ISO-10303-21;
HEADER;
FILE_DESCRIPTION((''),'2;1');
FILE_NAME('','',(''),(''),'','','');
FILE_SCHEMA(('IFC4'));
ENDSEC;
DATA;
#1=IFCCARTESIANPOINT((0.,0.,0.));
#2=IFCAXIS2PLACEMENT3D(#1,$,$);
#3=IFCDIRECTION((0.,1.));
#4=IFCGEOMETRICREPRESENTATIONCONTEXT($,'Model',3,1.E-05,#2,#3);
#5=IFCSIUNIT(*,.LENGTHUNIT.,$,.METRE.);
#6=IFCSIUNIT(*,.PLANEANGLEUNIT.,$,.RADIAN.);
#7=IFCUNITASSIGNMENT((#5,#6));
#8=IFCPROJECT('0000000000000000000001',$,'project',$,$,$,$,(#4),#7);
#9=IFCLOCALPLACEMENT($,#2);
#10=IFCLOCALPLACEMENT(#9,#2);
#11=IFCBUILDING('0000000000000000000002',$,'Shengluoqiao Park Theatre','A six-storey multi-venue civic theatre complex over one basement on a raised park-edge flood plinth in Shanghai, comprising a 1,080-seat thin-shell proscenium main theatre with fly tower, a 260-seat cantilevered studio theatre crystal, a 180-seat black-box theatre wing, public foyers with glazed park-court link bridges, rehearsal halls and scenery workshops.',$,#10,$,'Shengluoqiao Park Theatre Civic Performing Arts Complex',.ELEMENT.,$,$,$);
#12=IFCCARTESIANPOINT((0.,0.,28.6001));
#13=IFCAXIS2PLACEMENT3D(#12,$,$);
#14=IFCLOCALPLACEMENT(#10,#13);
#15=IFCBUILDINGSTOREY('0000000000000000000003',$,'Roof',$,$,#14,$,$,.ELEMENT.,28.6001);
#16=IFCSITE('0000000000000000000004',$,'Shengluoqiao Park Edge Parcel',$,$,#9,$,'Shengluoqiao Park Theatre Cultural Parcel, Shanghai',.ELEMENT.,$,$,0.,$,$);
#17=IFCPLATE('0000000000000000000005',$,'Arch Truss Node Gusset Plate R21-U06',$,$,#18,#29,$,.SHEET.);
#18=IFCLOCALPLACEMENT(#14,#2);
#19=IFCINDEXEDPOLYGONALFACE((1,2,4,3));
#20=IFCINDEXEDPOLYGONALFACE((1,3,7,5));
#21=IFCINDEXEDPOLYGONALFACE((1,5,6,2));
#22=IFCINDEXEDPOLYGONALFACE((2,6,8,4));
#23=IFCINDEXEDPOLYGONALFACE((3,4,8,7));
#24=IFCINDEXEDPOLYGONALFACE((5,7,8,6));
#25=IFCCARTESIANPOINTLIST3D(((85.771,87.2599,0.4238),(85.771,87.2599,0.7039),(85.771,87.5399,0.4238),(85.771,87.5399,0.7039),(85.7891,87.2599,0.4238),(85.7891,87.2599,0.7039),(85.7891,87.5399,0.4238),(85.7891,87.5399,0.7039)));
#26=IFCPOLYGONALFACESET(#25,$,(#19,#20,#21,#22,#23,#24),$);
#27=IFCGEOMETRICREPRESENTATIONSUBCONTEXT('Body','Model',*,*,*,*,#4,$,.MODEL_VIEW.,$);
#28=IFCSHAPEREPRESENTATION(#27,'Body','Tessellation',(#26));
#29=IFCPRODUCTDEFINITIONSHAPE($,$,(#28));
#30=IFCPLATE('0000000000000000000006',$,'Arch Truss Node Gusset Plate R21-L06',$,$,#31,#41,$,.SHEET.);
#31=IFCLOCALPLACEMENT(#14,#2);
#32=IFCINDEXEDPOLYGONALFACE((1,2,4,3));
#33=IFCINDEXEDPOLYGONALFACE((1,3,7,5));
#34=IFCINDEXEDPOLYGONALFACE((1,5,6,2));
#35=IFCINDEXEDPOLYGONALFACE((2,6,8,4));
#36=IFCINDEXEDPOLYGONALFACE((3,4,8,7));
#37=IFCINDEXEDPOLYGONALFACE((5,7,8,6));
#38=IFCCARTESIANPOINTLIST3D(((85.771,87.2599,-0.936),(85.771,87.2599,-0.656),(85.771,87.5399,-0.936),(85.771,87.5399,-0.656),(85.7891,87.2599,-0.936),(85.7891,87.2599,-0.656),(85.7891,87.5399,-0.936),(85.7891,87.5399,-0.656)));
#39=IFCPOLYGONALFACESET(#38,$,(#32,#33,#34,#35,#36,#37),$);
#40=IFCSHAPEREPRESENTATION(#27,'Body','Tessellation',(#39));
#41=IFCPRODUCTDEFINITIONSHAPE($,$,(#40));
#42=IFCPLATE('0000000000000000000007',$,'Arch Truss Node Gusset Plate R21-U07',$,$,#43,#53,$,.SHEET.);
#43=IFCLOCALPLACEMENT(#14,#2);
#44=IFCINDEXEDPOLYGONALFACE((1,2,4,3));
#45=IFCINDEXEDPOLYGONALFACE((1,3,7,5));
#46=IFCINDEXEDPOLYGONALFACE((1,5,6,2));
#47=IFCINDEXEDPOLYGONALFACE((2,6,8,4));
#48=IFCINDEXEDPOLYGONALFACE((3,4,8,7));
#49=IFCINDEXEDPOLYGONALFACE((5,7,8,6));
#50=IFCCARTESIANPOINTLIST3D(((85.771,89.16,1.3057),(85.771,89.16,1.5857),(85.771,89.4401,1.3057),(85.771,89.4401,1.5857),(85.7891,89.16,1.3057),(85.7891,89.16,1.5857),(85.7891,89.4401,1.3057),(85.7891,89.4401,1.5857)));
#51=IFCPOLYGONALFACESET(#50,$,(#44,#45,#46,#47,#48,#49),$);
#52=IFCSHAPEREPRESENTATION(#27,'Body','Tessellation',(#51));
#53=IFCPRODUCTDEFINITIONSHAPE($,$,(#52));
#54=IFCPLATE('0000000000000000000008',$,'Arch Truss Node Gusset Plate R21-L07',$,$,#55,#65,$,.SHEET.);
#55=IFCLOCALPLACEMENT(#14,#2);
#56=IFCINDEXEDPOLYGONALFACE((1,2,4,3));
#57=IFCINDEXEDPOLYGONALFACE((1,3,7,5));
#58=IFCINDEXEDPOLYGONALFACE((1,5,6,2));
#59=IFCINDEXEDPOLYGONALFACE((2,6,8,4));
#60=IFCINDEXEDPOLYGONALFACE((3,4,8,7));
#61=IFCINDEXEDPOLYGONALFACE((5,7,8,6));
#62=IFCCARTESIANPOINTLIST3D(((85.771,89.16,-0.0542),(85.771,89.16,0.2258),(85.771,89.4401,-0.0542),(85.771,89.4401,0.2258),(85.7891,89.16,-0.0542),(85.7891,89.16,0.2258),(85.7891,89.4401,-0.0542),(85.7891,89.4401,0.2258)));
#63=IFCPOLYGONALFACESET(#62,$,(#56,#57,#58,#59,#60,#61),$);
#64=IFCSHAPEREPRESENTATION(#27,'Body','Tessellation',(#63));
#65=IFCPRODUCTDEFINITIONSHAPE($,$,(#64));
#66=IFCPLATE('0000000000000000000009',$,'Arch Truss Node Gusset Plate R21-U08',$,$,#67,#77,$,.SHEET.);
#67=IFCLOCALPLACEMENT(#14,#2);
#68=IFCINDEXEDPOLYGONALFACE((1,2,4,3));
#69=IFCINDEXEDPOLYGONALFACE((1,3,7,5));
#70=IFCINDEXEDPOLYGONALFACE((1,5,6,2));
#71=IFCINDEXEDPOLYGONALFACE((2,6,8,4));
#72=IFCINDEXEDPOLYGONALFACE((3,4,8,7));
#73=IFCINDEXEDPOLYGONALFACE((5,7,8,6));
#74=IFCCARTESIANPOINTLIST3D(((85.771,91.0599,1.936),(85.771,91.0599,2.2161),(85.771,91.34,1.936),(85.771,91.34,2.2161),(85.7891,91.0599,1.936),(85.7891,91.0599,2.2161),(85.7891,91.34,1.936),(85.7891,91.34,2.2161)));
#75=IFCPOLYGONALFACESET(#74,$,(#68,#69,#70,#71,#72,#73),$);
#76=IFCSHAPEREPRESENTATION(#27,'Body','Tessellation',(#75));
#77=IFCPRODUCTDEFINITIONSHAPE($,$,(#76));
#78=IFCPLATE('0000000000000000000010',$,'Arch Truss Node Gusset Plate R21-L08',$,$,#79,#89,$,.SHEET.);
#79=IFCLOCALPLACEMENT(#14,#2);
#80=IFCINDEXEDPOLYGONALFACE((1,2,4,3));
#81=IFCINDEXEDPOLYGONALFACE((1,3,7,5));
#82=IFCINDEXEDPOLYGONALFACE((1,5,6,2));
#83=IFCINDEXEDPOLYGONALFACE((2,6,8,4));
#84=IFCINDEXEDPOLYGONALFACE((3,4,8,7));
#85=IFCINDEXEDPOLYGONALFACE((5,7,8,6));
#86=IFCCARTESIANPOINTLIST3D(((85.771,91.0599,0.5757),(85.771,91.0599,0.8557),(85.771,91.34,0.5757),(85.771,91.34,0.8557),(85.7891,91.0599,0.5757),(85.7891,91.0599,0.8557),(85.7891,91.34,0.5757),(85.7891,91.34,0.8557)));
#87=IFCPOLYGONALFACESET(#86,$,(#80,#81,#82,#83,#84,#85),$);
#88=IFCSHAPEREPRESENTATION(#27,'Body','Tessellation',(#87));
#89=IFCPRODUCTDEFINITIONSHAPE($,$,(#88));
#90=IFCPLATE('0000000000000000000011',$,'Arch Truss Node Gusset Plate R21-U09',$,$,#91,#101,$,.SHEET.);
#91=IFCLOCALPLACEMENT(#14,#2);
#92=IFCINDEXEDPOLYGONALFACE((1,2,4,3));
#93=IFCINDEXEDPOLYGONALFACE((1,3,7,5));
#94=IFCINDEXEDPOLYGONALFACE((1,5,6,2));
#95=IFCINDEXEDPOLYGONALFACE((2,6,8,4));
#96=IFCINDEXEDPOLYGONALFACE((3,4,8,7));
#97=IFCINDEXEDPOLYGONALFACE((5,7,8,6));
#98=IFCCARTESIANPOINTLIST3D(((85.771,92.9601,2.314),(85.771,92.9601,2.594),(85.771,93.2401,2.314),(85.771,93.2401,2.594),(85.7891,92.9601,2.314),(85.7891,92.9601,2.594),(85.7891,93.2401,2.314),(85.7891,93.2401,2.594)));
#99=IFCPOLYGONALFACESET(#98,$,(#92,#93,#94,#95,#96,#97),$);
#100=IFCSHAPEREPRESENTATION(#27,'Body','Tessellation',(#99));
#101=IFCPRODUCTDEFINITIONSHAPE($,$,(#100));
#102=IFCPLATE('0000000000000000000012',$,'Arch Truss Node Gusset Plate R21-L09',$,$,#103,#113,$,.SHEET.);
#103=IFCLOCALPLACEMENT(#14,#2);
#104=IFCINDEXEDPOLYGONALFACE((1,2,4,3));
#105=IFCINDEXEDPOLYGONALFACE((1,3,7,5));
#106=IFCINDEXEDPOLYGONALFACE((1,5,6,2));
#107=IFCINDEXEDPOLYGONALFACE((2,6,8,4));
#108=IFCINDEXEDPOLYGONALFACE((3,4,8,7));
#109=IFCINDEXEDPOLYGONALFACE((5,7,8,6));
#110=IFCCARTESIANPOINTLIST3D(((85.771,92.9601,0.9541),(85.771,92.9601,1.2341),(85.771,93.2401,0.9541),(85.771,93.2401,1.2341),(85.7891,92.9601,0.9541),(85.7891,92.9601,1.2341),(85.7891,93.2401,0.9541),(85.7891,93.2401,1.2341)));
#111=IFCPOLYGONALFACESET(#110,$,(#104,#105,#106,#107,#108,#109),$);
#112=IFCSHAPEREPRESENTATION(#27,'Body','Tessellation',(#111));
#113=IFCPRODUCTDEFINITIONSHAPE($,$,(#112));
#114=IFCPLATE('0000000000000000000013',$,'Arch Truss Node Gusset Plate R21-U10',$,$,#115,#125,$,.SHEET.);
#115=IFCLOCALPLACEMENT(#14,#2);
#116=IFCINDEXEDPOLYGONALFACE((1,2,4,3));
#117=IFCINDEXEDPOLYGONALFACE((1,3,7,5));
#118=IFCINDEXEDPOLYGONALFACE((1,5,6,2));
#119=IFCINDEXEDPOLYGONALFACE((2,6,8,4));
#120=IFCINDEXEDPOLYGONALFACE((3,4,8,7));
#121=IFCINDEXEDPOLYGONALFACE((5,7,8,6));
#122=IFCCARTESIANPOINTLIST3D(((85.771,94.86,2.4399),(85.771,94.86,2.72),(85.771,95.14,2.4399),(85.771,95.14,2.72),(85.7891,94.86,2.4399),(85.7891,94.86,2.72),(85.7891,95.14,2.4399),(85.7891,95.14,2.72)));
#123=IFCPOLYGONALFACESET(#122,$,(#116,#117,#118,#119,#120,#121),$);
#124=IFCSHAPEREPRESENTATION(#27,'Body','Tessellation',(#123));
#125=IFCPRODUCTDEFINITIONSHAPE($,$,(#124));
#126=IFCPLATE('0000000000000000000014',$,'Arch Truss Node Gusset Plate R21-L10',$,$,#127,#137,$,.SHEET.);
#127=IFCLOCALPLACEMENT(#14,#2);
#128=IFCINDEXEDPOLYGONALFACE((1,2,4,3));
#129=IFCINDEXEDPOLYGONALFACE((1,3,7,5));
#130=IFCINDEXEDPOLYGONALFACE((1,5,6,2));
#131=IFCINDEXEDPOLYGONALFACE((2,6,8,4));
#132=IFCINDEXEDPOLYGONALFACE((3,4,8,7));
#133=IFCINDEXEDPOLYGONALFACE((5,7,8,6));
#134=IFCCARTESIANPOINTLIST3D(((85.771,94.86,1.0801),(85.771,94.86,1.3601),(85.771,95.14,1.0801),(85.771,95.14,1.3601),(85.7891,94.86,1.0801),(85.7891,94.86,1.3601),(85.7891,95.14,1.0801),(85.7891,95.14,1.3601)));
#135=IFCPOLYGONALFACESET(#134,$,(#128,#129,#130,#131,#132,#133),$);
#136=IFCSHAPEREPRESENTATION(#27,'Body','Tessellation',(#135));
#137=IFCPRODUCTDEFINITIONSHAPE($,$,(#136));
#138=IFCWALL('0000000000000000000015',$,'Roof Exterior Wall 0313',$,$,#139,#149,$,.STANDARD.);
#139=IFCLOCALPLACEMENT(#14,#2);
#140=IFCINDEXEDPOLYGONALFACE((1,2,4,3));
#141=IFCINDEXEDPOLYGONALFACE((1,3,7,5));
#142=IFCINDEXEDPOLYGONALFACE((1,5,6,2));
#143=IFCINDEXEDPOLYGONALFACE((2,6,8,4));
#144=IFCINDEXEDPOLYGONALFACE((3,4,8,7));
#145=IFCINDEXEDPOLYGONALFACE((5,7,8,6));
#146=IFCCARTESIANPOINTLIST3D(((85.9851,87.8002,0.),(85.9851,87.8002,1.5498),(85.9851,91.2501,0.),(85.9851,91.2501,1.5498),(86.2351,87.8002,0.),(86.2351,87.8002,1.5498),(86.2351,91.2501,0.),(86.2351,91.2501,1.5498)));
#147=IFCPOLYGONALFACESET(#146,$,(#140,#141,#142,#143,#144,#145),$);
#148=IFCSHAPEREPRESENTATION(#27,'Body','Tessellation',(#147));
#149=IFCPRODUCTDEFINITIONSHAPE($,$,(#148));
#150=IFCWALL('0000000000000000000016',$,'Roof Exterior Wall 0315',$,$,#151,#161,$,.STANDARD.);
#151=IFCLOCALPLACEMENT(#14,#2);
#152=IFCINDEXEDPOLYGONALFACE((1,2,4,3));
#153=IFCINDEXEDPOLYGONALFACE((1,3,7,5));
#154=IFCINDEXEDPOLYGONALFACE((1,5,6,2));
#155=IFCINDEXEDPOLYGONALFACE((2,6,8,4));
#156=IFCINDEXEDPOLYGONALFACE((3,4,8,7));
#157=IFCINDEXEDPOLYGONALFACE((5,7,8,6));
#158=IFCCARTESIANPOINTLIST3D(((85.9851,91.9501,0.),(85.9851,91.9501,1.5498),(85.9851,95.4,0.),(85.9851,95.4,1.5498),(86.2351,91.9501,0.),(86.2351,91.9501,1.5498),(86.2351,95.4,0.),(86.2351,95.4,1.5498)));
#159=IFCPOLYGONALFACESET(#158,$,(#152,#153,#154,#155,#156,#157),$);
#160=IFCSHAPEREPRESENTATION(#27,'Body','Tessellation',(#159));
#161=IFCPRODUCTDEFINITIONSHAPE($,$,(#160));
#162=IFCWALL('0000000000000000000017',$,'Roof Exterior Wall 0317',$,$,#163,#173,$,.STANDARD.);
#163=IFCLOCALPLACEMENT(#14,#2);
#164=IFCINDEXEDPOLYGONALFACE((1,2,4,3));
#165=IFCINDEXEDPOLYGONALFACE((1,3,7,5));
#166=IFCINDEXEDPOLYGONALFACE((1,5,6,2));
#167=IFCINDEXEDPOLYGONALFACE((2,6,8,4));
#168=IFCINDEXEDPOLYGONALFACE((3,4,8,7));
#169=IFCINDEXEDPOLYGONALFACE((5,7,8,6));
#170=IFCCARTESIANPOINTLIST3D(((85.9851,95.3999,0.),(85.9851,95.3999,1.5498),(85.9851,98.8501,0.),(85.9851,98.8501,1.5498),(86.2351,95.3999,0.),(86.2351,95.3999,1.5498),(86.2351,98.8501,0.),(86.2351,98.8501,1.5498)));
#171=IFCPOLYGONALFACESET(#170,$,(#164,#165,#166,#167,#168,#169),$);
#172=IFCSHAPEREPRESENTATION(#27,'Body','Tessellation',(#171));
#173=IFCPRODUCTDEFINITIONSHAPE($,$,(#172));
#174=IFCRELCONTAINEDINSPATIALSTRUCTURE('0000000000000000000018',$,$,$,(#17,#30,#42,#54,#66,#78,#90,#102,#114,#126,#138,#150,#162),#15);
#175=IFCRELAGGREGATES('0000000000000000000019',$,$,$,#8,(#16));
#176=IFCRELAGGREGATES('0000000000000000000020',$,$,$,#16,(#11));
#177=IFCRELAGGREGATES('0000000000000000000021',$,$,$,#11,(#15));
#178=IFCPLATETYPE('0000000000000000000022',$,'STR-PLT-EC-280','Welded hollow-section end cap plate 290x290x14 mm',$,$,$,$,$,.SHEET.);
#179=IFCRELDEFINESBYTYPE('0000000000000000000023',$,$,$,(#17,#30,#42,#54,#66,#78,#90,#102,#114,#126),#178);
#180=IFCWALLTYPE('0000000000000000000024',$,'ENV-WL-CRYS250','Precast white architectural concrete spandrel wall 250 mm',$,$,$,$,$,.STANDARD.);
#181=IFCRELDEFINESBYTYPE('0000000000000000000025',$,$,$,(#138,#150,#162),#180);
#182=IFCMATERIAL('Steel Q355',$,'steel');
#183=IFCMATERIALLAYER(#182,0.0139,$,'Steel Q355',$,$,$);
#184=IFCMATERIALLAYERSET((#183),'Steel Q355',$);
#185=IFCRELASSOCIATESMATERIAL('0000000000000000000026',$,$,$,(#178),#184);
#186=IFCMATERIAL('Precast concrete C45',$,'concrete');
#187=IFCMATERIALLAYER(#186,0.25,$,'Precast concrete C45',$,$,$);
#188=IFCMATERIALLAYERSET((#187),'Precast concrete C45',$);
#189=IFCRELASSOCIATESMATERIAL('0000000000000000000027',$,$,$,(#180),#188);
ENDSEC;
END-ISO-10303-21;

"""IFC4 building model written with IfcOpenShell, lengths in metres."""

from ifc_helpers import new_model, si_unit, direction, frame, frame_2d, origin, origin_2d, place, context, subcontext, project, spatial, rectangle, extrude, material, layer, layer_set, type_object, element, save


model = new_model("IFC4")

# Units and contexts
model_context = context("Model", 3, precision=1e-05, world=origin(), true_north=direction((0.0, 1.0)))
body_context = subcontext(model_context, "Body", "Model", "MODEL_VIEW")
ifc_project = project(units=[si_unit("LENGTHUNIT", "METRE"), si_unit("PLANEANGLEUNIT", "RADIAN")], contexts=[model_context])

# Site, building, storey
site_placement = place(None, origin())
site = spatial("IfcSite", under=ifc_project, at=site_placement, Name="Shengluoqiao Park Edge Parcel", LongName="Shengluoqiao Park Theatre Cultural Parcel, Shanghai", CompositionType="ELEMENT", RefElevation=0.0)
building_placement = place(site_placement, origin())
building = spatial("IfcBuilding", under=site, at=building_placement, Name="Shengluoqiao Park Theatre", Description="A six-storey multi-venue civic theatre complex over one basement on a raised park-edge flood plinth in Shanghai, comprising a 1,080-seat thin-shell proscenium main theatre with fly tower, a 260-seat cantilevered studio theatre crystal, a 180-seat black-box theatre wing, public foyers with glazed park-court link bridges, rehearsal halls and scenery workshops.", LongName="Shengluoqiao Park Theatre Civic Performing Arts Complex", CompositionType="ELEMENT")
storey_placement = place(building_placement, frame((0.0, 0.0, 28.6001)))
storey = spatial("IfcBuildingStorey", under=building, at=storey_placement, Name="Roof", CompositionType="ELEMENT", Elevation=28.6001)

# Shared definitions
ifc_material_1 = material(Name="Steel Q355", Category="steel")

# Plates
ifc_layer_1 = layer(ifc_material_1, 0.0139, Name="Steel Q355")
ifc_layer_set_1 = layer_set([ifc_layer_1], Name="Steel Q355")
plate_type = type_object("IfcPlateType", Name="STR-PLT-EC-280", Description="Welded hollow-section end cap plate 290x290x14 mm", PredefinedType="SHEET", material=ifc_layer_set_1)
for number, where, z_axis, x_axis, name in (
    (1, (85.78, 87.3999, 0.4238), (0.0, 0.0, 1.0), (1.0, 0.0, 0.0), "Arch Truss Node Gusset Plate R21-U06"),
    (2, (85.78, 87.3999, -0.936), (0.0, 0.0, 1.0), (1.0, 0.0, 0.0), "Arch Truss Node Gusset Plate R21-L06"),
    (3, (85.78, 89.3, 1.3057), (0.0, 0.0, 1.0), (1.0, 0.0, 0.0), "Arch Truss Node Gusset Plate R21-U07"),
    (4, (85.78, 89.3, -0.0542), (0.0, 0.0, 1.0), (1.0, 0.0, 0.0), "Arch Truss Node Gusset Plate R21-L07"),
    (5, (85.78, 91.2, 1.936), (0.0, 0.0, 1.0), (1.0, 0.0, 0.0), "Arch Truss Node Gusset Plate R21-U08"),
    (6, (85.78, 91.2, 0.5757), (0.0, 0.0, 1.0), (1.0, 0.0, 0.0), "Arch Truss Node Gusset Plate R21-L08"),
    (7, (85.78, 93.1001, 2.314), (0.0, 0.0, 1.0), (1.0, 0.0, 0.0), "Arch Truss Node Gusset Plate R21-U09"),
    (8, (85.78, 93.1001, 0.9541), (0.0, 0.0, 1.0), (1.0, 0.0, 0.0), "Arch Truss Node Gusset Plate R21-L09"),
    (9, (85.78, 95.0, 2.4399), (0.0, 0.0, 1.0), (1.0, 0.0, 0.0), "Arch Truss Node Gusset Plate R21-U10"),
    (10, (85.78, 95.0, 1.0801), (0.0, 0.0, 1.0), (1.0, 0.0, 0.0), "Arch Truss Node Gusset Plate R21-L10"),
):
    element("IfcPlate", number, at=place(storey_placement, frame(where, z_axis=z_axis, x_axis=x_axis)), inside=storey, type_object=plate_type, Name=name, PredefinedType="SHEET", context=body_context, shape_type="SweptSolid", body=[
        extrude(rectangle(XDim=0.0181, YDim=0.28, at=origin_2d()), origin(), (0.0, 0.0, 1.0), 0.28),
    ])

# Walls
ifc_material_2 = material(Name="Precast concrete C45", Category="concrete")
ifc_layer_2 = layer(ifc_material_2, 0.25, Name="Precast concrete C45")
ifc_layer_set_2 = layer_set([ifc_layer_2], Name="Precast concrete C45")
wall_type = type_object("IfcWallType", Name="ENV-WL-CRYS250", Description="Precast white architectural concrete spandrel wall 250 mm", PredefinedType="STANDARD", material=ifc_layer_set_2)
for number, where, z_axis, x_axis, name in (
    (11, (86.1101, 87.8, 0.0), (0.0, 0.0, 1.0), (0.0, 1.0, 0.0), "Roof Exterior Wall 0313"),
    (12, (86.1101, 91.95, 0.0), (0.0, 0.0, 1.0), (0.0, 1.0, 0.0), "Roof Exterior Wall 0315"),
):
    element("IfcWall", number, at=place(storey_placement, frame(where, z_axis=z_axis, x_axis=x_axis)), inside=storey, type_object=wall_type, Name=name, PredefinedType="STANDARD", context=body_context, shape_type="SweptSolid", body=[
        extrude(rectangle(XDim=3.45, YDim=0.25, at=frame_2d((1.7251, 0.0))), origin(), (0.0, 0.0, 1.0), 1.5498),
    ])
wall_placement = place(storey_placement, frame((86.1101, 95.3999, 0.0), z_axis=(0.0, 0.0, 1.0), x_axis=(0.0, 1.0, 0.0)))
element("IfcWall", 13, at=wall_placement, inside=storey, type_object=wall_type, Name="Roof Exterior Wall 0317", PredefinedType="STANDARD", context=body_context, shape_type="SweptSolid", body=[
    extrude(rectangle(XDim=3.4502, YDim=0.25, at=frame_2d((1.7251, 0.0))), origin(), (0.0, 0.0, 1.0), 1.5498),
])

save(model, "model.ifc")
